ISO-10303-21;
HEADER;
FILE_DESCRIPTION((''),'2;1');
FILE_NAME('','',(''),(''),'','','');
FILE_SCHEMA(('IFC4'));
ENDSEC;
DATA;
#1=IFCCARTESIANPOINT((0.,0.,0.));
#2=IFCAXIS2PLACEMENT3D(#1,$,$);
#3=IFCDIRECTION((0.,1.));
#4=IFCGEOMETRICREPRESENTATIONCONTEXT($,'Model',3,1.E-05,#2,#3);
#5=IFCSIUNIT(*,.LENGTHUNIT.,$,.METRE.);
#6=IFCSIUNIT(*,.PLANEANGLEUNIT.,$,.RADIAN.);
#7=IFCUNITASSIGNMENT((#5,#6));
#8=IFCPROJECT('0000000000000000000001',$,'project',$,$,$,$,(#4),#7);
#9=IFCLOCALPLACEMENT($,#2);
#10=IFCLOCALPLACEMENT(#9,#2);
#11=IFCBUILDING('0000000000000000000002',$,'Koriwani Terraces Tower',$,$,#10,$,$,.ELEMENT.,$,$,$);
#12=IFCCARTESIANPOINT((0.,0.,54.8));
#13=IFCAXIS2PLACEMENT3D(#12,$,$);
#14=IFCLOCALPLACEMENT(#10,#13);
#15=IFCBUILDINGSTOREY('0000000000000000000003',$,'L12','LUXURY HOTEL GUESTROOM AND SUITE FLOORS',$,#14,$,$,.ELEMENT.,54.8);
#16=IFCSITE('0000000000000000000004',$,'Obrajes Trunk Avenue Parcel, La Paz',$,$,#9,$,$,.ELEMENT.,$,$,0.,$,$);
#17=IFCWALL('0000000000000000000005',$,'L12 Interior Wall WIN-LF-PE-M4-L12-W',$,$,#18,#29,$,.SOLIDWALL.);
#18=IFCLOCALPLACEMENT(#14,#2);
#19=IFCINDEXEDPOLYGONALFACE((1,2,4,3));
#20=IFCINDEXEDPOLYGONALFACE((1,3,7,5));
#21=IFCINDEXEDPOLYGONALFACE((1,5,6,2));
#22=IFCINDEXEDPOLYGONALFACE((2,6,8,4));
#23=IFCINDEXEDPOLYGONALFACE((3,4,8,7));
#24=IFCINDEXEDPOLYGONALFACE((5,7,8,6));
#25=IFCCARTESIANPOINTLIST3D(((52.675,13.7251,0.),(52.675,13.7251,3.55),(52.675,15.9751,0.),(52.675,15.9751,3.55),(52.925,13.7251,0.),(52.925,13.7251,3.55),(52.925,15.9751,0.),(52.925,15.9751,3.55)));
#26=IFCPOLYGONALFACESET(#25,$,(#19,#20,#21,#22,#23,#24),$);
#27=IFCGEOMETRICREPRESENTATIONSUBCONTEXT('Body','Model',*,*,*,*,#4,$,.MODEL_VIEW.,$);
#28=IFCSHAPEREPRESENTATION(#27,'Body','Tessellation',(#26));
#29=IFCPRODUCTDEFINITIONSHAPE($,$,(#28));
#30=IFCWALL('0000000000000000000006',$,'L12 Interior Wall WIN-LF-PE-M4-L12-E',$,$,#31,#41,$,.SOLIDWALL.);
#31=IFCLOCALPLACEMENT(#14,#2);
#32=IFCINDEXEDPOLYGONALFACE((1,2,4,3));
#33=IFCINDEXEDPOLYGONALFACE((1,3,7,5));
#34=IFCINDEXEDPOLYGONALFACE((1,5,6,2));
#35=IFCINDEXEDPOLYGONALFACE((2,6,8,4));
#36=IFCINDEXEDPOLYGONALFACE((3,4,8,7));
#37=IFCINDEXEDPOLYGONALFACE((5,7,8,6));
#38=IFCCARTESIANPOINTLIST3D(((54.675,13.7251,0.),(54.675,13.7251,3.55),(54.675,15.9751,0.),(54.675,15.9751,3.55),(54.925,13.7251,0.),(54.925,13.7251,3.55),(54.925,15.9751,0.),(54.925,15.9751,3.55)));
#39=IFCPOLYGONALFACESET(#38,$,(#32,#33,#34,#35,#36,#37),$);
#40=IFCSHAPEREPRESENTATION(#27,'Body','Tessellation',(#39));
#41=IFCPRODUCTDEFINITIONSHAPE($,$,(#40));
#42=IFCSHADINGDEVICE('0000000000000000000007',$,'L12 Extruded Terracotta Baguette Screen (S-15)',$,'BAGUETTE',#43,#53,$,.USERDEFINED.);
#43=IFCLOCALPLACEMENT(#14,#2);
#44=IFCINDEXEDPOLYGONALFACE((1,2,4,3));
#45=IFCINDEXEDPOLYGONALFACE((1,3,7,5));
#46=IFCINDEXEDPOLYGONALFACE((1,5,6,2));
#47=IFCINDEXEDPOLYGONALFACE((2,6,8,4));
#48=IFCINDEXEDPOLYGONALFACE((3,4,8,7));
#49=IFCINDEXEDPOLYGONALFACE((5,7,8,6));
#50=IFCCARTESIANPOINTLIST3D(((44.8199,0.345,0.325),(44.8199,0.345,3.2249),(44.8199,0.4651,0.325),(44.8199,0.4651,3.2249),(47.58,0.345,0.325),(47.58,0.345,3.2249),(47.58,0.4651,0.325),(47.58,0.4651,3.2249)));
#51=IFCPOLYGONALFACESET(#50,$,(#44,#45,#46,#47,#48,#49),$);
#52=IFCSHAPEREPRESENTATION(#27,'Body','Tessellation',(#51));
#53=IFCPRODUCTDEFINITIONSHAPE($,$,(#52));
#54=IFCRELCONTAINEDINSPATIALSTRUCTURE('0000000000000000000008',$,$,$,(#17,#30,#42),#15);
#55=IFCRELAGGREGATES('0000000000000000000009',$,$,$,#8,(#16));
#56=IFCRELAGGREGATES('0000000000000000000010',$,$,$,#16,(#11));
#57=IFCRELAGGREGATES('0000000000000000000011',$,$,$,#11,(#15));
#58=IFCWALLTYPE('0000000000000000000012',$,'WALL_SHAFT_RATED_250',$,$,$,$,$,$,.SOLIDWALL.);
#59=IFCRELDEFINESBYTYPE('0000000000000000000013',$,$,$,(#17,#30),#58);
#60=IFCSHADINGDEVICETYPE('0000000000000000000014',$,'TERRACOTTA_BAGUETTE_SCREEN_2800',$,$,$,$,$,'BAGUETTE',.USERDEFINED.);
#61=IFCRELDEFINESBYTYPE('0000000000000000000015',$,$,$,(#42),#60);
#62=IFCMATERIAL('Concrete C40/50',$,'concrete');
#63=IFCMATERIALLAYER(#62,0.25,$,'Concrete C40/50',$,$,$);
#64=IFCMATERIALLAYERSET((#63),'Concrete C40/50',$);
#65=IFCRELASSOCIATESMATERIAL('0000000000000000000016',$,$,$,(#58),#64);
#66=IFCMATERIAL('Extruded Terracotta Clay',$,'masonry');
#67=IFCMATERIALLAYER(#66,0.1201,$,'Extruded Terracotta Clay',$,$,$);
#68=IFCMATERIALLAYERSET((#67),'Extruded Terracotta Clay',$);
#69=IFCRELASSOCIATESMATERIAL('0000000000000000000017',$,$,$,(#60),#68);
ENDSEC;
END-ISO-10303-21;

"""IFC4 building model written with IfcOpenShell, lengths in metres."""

from ifc_helpers import new_model, si_unit, direction, frame, frame_2d, origin, origin_2d, place, context, subcontext, project, spatial, rectangle, extrude, material, layer, layer_set, type_object, element, save


model = new_model("IFC4")

# Units and contexts
model_context = context("Model", 3, precision=1e-05, world=origin(), true_north=direction((0.0, 1.0)))
body_context = subcontext(model_context, "Body", "Model", "MODEL_VIEW")
ifc_project = project(units=[si_unit("LENGTHUNIT", "METRE"), si_unit("PLANEANGLEUNIT", "RADIAN")], contexts=[model_context])

# Site, building, storey
site_placement = place(None, origin())
site = spatial("IfcSite", under=ifc_project, at=site_placement, Name="Obrajes Trunk Avenue Parcel, La Paz", CompositionType="ELEMENT", RefElevation=0.0)
building_placement = place(site_placement, origin())
building = spatial("IfcBuilding", under=site, at=building_placement, Name="Koriwani Terraces Tower", CompositionType="ELEMENT")
storey_placement = place(building_placement, frame((0.0, 0.0, 54.8)))
storey = spatial("IfcBuildingStorey", under=building, at=storey_placement, Name="L12", Description="LUXURY HOTEL GUESTROOM AND SUITE FLOORS", CompositionType="ELEMENT", Elevation=54.8)

# Shared definitions
ifc_material_1 = material(Name="Concrete C40/50", Category="concrete")

# Walls
ifc_layer_1 = layer(ifc_material_1, 0.25, Name="Concrete C40/50")
ifc_layer_set_1 = layer_set([ifc_layer_1], Name="Concrete C40/50")
wall_type_1 = type_object("IfcWallType", Name="WALL_SHAFT_RATED_250", PredefinedType="SOLIDWALL", material=ifc_layer_set_1)
for number, where, z_axis, x_axis, name in (
    (1, (52.8, 13.7251, 0.0), (0.0, 0.0, 1.0), (0.0, 1.0, 0.0), "L12 Interior Wall WIN-LF-PE-M4-L12-W"),
    (2, (54.8, 13.7251, 0.0), (0.0, 0.0, 1.0), (0.0, 1.0, 0.0), "L12 Interior Wall WIN-LF-PE-M4-L12-E"),
):
    element("IfcWall", number, at=place(storey_placement, frame(where, z_axis=z_axis, x_axis=x_axis)), inside=storey, type_object=wall_type_1, Name=name, PredefinedType="SOLIDWALL", context=body_context, shape_type="SweptSolid", body=[
        extrude(rectangle(XDim=2.25, YDim=0.25, at=frame_2d((1.125, 0.0))), origin(), (0.0, 0.0, 1.0), 3.55),
    ])

# Shading device
ifc_material_2 = material(Name="Extruded Terracotta Clay", Category="masonry")
ifc_layer_2 = layer(ifc_material_2, 0.1201, Name="Extruded Terracotta Clay")
ifc_layer_set_2 = layer_set([ifc_layer_2], Name="Extruded Terracotta Clay")
shading_device_type = type_object("IfcShadingDeviceType", Name="TERRACOTTA_BAGUETTE_SCREEN_2800", ElementType="BAGUETTE", PredefinedType="USERDEFINED", material=ifc_layer_set_2)
shading_device_placement = place(storey_placement, frame((46.2, 0.405, 0.325), z_axis=(0.0, 0.0, 1.0), x_axis=(-1.0, 0.0, 0.0)))
element("IfcShadingDevice", 3, at=shading_device_placement, inside=storey, type_object=shading_device_type, Name="L12 Extruded Terracotta Baguette Screen (S-15)", ObjectType="BAGUETTE", PredefinedType="USERDEFINED", context=body_context, shape_type="SweptSolid", body=[
    extrude(rectangle(XDim=2.76, YDim=0.1201, at=origin_2d()), origin(), (0.0, 0.0, 1.0), 2.8999),
])

save(model, "model.ifc")
